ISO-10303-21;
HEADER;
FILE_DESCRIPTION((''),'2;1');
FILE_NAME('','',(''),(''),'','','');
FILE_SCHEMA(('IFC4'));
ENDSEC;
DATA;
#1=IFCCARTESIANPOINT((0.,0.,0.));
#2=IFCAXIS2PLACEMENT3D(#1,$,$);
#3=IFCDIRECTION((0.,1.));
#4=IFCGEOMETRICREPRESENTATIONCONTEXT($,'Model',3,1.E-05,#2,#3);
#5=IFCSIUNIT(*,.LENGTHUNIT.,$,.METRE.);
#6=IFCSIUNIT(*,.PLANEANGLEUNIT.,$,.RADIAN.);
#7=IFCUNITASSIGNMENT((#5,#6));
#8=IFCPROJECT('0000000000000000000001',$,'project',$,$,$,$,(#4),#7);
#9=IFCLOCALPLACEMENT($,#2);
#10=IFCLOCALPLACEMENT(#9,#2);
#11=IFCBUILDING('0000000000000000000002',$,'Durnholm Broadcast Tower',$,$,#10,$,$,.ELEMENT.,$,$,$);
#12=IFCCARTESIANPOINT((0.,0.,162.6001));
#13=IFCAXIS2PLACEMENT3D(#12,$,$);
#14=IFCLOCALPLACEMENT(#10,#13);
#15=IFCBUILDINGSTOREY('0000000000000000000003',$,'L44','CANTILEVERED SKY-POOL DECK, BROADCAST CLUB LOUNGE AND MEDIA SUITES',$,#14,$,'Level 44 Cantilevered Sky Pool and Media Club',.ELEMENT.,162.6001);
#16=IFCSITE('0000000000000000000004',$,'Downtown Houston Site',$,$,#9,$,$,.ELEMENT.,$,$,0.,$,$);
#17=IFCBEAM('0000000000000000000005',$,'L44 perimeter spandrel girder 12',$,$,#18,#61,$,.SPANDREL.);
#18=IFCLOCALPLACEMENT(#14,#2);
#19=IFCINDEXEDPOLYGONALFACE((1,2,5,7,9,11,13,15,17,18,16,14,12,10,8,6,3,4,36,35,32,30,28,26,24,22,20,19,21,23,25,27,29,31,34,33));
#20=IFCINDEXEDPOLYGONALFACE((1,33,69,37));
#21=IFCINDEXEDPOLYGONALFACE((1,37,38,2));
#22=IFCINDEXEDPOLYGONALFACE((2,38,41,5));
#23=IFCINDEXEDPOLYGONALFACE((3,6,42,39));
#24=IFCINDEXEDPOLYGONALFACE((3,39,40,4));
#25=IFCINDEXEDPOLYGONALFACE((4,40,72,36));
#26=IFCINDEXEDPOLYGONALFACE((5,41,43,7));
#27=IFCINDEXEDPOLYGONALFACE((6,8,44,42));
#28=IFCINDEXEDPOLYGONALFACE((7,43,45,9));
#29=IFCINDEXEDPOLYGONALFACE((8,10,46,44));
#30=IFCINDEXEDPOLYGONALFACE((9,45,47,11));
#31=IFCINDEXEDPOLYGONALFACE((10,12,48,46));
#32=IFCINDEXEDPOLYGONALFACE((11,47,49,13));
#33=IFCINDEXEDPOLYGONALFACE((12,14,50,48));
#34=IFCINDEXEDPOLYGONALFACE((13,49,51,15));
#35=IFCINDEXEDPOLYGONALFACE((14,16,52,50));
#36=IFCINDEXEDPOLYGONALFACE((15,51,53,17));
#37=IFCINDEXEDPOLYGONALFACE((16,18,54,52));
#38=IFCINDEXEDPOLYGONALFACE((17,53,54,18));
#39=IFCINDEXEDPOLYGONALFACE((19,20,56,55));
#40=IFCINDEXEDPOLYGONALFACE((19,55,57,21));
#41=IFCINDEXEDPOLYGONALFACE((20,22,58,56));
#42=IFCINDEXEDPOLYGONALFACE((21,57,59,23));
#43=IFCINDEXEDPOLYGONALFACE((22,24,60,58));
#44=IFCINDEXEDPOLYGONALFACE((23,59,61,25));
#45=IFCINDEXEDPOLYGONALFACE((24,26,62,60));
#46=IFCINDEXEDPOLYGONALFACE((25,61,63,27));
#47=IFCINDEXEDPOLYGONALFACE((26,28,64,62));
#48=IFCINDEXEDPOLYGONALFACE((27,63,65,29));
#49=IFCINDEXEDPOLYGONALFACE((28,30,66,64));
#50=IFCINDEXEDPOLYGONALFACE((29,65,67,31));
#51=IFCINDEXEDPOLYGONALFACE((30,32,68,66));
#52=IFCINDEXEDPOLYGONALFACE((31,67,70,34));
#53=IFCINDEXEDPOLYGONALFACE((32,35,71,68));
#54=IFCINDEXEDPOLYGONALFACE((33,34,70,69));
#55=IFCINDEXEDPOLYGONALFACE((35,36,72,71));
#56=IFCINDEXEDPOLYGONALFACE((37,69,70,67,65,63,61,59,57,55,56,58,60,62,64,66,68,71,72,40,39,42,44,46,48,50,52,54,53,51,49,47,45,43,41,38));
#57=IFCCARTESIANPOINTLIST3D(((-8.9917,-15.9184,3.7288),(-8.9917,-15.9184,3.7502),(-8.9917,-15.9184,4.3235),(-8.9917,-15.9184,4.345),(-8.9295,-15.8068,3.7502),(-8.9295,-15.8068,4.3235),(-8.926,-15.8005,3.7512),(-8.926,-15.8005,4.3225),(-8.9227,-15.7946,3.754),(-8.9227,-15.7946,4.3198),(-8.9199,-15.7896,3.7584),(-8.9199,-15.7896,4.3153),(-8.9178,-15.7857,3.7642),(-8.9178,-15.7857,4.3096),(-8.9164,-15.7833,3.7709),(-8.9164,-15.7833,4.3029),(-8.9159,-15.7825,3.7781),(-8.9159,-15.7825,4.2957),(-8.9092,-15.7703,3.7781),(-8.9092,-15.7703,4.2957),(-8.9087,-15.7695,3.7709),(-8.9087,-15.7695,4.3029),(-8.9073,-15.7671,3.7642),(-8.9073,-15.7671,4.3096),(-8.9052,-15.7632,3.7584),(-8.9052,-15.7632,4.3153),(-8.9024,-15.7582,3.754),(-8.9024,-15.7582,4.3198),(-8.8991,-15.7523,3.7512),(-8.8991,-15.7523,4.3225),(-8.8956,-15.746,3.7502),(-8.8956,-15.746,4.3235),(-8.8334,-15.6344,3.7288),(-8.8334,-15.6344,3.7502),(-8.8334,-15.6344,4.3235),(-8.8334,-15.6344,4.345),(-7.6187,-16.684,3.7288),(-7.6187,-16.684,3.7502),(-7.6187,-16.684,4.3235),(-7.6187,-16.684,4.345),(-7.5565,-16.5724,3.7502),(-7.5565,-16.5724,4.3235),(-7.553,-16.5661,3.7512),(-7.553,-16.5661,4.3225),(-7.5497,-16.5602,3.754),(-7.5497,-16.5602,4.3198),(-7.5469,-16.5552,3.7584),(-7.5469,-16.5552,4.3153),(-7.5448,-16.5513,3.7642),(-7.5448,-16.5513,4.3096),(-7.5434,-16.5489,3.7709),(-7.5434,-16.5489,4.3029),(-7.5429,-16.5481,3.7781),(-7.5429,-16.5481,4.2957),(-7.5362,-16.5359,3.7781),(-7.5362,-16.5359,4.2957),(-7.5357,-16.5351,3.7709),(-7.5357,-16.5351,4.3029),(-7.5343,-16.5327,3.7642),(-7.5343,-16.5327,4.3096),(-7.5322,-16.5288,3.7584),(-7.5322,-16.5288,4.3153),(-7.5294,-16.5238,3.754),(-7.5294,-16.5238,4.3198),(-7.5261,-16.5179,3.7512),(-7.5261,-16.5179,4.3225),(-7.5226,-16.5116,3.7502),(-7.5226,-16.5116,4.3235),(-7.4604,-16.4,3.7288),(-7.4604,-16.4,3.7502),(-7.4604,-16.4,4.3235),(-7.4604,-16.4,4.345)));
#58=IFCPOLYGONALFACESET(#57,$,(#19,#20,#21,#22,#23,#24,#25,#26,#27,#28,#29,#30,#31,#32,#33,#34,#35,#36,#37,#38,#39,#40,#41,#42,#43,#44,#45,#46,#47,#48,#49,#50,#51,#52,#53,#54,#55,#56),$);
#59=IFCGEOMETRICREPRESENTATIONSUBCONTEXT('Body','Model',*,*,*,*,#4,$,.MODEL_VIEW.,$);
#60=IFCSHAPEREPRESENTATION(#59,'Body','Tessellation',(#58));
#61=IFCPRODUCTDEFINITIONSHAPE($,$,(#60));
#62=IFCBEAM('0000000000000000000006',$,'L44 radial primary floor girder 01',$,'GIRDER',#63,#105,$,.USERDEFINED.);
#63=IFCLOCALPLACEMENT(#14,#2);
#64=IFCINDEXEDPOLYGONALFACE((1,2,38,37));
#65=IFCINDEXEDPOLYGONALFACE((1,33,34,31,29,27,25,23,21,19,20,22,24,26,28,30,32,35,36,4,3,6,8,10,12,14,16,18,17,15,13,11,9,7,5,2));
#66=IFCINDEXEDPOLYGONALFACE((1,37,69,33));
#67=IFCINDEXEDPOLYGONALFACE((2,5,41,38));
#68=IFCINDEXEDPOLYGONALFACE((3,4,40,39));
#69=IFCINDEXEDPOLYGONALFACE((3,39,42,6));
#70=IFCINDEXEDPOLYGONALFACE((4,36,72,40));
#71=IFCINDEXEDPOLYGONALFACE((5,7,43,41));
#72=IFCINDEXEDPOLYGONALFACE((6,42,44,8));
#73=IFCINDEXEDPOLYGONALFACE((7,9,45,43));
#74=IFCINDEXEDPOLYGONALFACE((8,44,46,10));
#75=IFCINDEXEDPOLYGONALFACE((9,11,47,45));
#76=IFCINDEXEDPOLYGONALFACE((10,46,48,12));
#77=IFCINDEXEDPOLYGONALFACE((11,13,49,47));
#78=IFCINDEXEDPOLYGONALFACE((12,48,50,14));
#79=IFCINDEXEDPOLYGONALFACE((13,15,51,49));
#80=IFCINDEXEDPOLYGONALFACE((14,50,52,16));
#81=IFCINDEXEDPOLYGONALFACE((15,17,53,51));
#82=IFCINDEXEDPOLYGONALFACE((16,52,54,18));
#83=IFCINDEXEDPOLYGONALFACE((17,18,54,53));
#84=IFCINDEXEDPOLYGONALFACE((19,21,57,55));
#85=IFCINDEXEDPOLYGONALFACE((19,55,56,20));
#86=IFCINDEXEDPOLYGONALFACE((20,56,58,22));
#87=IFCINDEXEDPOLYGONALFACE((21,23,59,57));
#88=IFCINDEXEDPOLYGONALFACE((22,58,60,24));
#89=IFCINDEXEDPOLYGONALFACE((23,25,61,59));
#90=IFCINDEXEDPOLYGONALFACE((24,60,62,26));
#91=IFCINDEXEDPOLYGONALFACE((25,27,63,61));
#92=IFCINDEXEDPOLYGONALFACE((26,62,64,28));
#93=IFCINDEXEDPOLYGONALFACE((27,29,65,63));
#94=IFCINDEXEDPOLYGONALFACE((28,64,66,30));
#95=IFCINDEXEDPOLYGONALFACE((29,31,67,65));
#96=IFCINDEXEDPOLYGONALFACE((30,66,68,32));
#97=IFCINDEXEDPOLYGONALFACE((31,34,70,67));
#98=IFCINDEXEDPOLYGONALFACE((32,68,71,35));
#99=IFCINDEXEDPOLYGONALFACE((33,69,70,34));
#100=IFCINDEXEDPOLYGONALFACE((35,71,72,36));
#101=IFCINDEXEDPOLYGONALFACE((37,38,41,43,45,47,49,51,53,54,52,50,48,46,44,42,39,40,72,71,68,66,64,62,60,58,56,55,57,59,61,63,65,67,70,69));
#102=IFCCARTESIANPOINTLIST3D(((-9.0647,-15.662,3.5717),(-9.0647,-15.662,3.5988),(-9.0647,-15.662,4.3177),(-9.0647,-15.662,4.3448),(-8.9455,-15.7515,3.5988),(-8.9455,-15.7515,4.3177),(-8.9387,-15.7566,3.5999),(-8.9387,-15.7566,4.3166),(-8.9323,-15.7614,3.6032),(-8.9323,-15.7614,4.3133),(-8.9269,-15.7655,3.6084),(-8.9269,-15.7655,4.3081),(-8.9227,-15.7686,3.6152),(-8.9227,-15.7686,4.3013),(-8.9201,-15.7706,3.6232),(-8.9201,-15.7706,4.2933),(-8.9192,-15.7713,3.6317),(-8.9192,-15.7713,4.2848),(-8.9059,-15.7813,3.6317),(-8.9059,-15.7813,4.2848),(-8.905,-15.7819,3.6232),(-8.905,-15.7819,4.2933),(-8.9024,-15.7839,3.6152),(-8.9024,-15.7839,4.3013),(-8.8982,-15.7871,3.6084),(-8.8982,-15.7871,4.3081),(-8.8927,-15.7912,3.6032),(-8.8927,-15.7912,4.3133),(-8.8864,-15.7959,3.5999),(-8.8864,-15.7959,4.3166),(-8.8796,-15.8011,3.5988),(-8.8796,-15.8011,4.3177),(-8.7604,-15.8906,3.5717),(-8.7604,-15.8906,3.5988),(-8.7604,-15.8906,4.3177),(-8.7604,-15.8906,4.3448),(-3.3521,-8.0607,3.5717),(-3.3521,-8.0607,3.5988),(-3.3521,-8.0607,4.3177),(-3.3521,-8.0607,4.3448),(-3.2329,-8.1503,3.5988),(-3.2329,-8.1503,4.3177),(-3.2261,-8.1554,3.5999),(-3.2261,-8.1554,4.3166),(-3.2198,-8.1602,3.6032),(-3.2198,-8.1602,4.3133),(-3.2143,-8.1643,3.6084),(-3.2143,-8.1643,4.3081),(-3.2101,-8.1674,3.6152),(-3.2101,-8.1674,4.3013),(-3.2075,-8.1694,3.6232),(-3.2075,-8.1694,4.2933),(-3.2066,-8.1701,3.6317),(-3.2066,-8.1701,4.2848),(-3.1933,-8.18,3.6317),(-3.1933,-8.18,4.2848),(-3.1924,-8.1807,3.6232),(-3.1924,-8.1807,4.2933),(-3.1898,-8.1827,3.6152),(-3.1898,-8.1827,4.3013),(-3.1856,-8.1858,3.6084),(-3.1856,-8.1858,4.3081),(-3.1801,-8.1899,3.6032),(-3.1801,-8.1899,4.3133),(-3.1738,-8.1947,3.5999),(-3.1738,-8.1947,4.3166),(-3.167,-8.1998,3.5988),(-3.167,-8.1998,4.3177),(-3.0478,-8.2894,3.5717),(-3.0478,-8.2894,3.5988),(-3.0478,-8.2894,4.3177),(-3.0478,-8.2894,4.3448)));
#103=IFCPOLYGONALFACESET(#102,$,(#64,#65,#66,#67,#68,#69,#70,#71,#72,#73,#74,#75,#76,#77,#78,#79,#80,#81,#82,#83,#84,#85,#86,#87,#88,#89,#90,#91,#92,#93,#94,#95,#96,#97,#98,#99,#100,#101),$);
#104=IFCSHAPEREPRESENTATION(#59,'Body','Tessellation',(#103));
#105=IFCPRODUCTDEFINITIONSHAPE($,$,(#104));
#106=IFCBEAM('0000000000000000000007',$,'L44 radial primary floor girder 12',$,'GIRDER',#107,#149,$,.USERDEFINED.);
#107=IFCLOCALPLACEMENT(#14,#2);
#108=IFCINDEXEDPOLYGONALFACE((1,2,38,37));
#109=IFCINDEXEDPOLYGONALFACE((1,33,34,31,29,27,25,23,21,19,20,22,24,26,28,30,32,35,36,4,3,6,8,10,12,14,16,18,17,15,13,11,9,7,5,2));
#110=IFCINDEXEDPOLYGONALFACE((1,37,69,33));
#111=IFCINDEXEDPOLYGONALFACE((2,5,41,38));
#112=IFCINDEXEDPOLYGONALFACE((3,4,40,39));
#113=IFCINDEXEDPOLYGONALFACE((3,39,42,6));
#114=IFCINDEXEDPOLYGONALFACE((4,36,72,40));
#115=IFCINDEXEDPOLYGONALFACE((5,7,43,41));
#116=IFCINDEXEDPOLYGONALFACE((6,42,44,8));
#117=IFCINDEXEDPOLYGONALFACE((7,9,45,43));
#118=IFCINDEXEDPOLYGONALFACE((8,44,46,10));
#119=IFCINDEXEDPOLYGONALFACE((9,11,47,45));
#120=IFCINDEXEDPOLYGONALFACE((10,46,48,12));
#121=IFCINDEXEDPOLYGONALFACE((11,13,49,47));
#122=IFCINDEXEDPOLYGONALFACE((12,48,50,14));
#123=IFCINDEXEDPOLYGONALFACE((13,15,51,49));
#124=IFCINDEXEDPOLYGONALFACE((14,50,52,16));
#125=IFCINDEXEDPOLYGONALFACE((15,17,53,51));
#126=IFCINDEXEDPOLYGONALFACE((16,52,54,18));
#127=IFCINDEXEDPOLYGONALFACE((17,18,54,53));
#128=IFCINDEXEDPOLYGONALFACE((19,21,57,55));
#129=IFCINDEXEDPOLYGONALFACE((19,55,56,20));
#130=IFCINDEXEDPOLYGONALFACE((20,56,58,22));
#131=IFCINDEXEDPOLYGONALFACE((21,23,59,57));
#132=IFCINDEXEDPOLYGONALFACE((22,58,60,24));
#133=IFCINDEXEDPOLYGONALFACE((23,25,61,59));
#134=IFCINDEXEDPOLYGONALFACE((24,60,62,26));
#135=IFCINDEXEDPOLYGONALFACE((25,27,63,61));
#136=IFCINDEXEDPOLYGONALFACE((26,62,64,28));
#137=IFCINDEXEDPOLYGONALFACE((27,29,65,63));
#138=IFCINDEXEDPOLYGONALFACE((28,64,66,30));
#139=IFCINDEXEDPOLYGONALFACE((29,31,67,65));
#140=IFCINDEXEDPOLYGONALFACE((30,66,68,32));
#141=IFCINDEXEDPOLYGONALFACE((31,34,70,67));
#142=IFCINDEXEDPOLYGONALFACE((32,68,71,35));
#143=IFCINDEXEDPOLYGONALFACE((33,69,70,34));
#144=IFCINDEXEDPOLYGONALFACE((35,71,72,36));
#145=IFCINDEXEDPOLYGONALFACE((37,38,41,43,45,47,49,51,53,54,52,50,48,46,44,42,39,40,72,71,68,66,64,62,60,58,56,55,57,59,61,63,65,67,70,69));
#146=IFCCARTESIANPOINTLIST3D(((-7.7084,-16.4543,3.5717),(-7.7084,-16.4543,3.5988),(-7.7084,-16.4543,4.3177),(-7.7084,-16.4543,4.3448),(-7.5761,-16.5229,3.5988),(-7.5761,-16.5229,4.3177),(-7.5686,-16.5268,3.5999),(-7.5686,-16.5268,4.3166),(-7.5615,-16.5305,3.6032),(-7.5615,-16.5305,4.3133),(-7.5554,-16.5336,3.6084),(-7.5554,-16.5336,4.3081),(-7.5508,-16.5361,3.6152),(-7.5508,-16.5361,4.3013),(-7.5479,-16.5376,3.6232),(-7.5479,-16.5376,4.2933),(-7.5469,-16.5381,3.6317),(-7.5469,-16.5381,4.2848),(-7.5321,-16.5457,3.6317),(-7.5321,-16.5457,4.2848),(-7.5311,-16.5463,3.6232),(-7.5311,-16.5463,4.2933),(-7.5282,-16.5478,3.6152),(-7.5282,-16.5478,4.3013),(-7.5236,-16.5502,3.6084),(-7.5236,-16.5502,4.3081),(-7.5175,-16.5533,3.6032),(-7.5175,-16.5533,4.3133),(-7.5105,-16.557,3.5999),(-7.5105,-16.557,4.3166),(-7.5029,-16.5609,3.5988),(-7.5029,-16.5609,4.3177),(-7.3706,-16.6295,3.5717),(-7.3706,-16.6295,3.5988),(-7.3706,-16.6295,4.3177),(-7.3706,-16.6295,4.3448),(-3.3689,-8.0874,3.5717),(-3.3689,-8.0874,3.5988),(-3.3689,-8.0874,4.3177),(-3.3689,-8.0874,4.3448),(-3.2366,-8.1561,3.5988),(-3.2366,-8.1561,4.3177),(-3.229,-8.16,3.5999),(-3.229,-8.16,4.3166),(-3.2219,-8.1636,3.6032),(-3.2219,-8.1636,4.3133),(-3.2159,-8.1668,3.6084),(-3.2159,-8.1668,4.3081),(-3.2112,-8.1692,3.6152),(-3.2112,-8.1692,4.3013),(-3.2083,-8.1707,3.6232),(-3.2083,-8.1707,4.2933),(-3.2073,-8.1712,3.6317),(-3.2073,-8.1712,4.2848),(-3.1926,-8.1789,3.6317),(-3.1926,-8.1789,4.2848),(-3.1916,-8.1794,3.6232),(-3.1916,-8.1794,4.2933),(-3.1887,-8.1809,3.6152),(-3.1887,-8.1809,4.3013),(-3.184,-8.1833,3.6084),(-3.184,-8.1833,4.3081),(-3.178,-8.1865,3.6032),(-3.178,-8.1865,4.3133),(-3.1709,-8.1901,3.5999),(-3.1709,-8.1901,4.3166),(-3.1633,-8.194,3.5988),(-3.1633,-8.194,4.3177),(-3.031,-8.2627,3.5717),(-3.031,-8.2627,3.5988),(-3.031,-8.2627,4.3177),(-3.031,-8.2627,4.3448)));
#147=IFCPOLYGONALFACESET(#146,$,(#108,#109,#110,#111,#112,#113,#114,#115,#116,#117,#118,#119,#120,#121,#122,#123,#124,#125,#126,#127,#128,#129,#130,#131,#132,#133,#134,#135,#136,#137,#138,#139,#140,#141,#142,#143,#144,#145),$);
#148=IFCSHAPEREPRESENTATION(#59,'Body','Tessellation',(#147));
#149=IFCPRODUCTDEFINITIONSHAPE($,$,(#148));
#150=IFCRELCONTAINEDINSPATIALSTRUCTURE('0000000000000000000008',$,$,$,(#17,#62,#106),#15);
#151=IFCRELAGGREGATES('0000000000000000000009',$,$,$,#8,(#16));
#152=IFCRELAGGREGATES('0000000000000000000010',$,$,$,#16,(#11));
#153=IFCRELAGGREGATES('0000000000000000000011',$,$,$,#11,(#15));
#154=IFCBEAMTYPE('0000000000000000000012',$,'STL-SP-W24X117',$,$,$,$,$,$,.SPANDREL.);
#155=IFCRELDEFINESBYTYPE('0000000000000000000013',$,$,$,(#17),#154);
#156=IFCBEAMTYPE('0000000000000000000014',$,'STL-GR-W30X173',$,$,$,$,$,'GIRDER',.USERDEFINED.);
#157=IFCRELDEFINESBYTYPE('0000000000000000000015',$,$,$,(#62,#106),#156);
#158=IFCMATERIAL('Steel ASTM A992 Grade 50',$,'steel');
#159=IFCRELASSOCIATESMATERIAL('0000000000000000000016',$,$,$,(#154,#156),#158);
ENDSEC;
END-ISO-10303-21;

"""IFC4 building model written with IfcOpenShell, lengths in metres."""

from ifc_helpers import new_model, si_unit, direction, frame, origin, origin_2d, place, context, subcontext, project, spatial, i_section, extrude, source, transform, mapped, material, material_profile, profile_set, type_object, type_shapes, element, save


model = new_model("IFC4")

# Units and contexts
model_context = context("Model", 3, precision=1e-05, world=origin(), true_north=direction((0.0, 1.0)))
body_context = subcontext(model_context, "Body", "Model", "MODEL_VIEW")
ifc_project = project(units=[si_unit("LENGTHUNIT", "METRE"), si_unit("PLANEANGLEUNIT", "RADIAN")], contexts=[model_context])

# Site, building, storey
site_placement = place(None, origin())
site = spatial("IfcSite", under=ifc_project, at=site_placement, Name="Downtown Houston Site", CompositionType="ELEMENT", RefElevation=0.0)
building_placement = place(site_placement, origin())
building = spatial("IfcBuilding", under=site, at=building_placement, Name="Durnholm Broadcast Tower", CompositionType="ELEMENT")
storey_placement = place(building_placement, frame((0.0, 0.0, 162.6001)))
storey = spatial("IfcBuildingStorey", under=building, at=storey_placement, Name="L44", Description="CANTILEVERED SKY-POOL DECK, BROADCAST CLUB LOUNGE AND MEDIA SUITES", LongName="Level 44 Cantilevered Sky Pool and Media Club", CompositionType="ELEMENT", Elevation=162.6001)

# Beams
ifc_material_1 = material(Name="Steel ASTM A992 Grade 50", Category="steel")
ifc_material_profile_1 = material_profile(ifc_material_1, i_section(OverallWidth=0.3252, OverallDepth=0.6162, WebThickness=0.0139, FlangeThickness=0.0215, FilletRadius=0.0278, at=origin_2d()), Name="W24X117")
ifc_profile_set_1 = profile_set([ifc_material_profile_1], Name="Steel ASTM A992 Grade 50")
beam_type_1 = type_object("IfcBeamType", Name="STL-SP-W24X117", PredefinedType="SPANDREL", material=ifc_profile_set_1)
shared_shape_1 = source(origin(), body_context, "Body", "SweptSolid", [
    extrude(i_section(OverallWidth=0.3252, OverallDepth=0.6162, WebThickness=0.0139, FlangeThickness=0.0215, FilletRadius=0.0278, at=origin_2d()), origin(), (0.0, 0.0, 1.0), 1.572),
])
beam_1_placement = place(storey_placement, frame((-7.5396, -16.542, 4.0369), z_axis=(-0.873394, 0.487014, 0.0), x_axis=(-0.487014, -0.873394, 0.0)))
element("IfcBeam", 1, at=beam_1_placement, inside=storey, type_object=beam_type_1, Name="L44 perimeter spandrel girder 12", PredefinedType="SPANDREL", context=body_context, shape_type="MappedRepresentation", body=[
    mapped(shared_shape_1, transform((0.0, 0.0, 0.0), x_axis=(1.0, 0.0, 0.0), y_axis=(0.0, 1.0, 0.0), z_axis=(0.0, 0.0, 1.0), scale=1.0)),
])
ifc_material_profile_2 = material_profile(ifc_material_1, i_section(OverallWidth=0.3806, OverallDepth=0.7732, WebThickness=0.0166, FlangeThickness=0.0271, FilletRadius=0.033, at=origin_2d()), Name="W30X173")
ifc_profile_set_2 = profile_set([ifc_material_profile_2], Name="Steel ASTM A992 Grade 50")
beam_type_2 = type_object("IfcBeamType", Name="STL-GR-W30X173", ElementType="GIRDER", PredefinedType="USERDEFINED", material=ifc_profile_set_2)
shared_shape_2 = source(origin(), body_context, "Body", "SweptSolid", [
    extrude(i_section(OverallWidth=0.3806, OverallDepth=0.7732, WebThickness=0.0166, FlangeThickness=0.0271, FilletRadius=0.033, at=origin_2d()), origin(), (0.0, 0.0, 1.0), 9.5085),
])
beam_2_placement = place(storey_placement, frame((-3.2, -8.175, 3.9583), z_axis=(-0.600784, -0.799411, 0.0), x_axis=(0.799411, -0.600784, 0.0)))
element("IfcBeam", 2, at=beam_2_placement, inside=storey, type_object=beam_type_2, Name="L44 radial primary floor girder 01", ObjectType="GIRDER", PredefinedType="USERDEFINED", context=body_context, shape_type="MappedRepresentation", body=[
    mapped(shared_shape_2, transform((0.0, 0.0, 0.0), x_axis=(1.0, 0.0, 0.0), y_axis=(0.0, 1.0, 0.0), z_axis=(0.0, 0.0, 1.0), scale=1.0)),
])
shared_shape_3 = source(origin(), body_context, "Body", "SweptSolid", [
    extrude(i_section(OverallWidth=0.3806, OverallDepth=0.7732, WebThickness=0.0166, FlangeThickness=0.0271, FilletRadius=0.033, at=origin_2d()), origin(), (0.0, 0.0, 1.0), 9.4253),
])
type_shapes(beam_type_2, [shared_shape_2, shared_shape_3])
beam_3_placement = place(storey_placement, frame((-3.2, -8.175, 3.9583), z_axis=(-0.460416, -0.887703, 0.0), x_axis=(0.887703, -0.460416, 0.0)))
element("IfcBeam", 3, at=beam_3_placement, inside=storey, type_object=beam_type_2, Name="L44 radial primary floor girder 12", ObjectType="GIRDER", PredefinedType="USERDEFINED", context=body_context, shape_type="MappedRepresentation", body=[
    mapped(shared_shape_3, transform((0.0, 0.0, 0.0), x_axis=(1.0, 0.0, 0.0), y_axis=(0.0, 1.0, 0.0), z_axis=(0.0, 0.0, 1.0), scale=1.0)),
])

save(model, "model.ifc")
